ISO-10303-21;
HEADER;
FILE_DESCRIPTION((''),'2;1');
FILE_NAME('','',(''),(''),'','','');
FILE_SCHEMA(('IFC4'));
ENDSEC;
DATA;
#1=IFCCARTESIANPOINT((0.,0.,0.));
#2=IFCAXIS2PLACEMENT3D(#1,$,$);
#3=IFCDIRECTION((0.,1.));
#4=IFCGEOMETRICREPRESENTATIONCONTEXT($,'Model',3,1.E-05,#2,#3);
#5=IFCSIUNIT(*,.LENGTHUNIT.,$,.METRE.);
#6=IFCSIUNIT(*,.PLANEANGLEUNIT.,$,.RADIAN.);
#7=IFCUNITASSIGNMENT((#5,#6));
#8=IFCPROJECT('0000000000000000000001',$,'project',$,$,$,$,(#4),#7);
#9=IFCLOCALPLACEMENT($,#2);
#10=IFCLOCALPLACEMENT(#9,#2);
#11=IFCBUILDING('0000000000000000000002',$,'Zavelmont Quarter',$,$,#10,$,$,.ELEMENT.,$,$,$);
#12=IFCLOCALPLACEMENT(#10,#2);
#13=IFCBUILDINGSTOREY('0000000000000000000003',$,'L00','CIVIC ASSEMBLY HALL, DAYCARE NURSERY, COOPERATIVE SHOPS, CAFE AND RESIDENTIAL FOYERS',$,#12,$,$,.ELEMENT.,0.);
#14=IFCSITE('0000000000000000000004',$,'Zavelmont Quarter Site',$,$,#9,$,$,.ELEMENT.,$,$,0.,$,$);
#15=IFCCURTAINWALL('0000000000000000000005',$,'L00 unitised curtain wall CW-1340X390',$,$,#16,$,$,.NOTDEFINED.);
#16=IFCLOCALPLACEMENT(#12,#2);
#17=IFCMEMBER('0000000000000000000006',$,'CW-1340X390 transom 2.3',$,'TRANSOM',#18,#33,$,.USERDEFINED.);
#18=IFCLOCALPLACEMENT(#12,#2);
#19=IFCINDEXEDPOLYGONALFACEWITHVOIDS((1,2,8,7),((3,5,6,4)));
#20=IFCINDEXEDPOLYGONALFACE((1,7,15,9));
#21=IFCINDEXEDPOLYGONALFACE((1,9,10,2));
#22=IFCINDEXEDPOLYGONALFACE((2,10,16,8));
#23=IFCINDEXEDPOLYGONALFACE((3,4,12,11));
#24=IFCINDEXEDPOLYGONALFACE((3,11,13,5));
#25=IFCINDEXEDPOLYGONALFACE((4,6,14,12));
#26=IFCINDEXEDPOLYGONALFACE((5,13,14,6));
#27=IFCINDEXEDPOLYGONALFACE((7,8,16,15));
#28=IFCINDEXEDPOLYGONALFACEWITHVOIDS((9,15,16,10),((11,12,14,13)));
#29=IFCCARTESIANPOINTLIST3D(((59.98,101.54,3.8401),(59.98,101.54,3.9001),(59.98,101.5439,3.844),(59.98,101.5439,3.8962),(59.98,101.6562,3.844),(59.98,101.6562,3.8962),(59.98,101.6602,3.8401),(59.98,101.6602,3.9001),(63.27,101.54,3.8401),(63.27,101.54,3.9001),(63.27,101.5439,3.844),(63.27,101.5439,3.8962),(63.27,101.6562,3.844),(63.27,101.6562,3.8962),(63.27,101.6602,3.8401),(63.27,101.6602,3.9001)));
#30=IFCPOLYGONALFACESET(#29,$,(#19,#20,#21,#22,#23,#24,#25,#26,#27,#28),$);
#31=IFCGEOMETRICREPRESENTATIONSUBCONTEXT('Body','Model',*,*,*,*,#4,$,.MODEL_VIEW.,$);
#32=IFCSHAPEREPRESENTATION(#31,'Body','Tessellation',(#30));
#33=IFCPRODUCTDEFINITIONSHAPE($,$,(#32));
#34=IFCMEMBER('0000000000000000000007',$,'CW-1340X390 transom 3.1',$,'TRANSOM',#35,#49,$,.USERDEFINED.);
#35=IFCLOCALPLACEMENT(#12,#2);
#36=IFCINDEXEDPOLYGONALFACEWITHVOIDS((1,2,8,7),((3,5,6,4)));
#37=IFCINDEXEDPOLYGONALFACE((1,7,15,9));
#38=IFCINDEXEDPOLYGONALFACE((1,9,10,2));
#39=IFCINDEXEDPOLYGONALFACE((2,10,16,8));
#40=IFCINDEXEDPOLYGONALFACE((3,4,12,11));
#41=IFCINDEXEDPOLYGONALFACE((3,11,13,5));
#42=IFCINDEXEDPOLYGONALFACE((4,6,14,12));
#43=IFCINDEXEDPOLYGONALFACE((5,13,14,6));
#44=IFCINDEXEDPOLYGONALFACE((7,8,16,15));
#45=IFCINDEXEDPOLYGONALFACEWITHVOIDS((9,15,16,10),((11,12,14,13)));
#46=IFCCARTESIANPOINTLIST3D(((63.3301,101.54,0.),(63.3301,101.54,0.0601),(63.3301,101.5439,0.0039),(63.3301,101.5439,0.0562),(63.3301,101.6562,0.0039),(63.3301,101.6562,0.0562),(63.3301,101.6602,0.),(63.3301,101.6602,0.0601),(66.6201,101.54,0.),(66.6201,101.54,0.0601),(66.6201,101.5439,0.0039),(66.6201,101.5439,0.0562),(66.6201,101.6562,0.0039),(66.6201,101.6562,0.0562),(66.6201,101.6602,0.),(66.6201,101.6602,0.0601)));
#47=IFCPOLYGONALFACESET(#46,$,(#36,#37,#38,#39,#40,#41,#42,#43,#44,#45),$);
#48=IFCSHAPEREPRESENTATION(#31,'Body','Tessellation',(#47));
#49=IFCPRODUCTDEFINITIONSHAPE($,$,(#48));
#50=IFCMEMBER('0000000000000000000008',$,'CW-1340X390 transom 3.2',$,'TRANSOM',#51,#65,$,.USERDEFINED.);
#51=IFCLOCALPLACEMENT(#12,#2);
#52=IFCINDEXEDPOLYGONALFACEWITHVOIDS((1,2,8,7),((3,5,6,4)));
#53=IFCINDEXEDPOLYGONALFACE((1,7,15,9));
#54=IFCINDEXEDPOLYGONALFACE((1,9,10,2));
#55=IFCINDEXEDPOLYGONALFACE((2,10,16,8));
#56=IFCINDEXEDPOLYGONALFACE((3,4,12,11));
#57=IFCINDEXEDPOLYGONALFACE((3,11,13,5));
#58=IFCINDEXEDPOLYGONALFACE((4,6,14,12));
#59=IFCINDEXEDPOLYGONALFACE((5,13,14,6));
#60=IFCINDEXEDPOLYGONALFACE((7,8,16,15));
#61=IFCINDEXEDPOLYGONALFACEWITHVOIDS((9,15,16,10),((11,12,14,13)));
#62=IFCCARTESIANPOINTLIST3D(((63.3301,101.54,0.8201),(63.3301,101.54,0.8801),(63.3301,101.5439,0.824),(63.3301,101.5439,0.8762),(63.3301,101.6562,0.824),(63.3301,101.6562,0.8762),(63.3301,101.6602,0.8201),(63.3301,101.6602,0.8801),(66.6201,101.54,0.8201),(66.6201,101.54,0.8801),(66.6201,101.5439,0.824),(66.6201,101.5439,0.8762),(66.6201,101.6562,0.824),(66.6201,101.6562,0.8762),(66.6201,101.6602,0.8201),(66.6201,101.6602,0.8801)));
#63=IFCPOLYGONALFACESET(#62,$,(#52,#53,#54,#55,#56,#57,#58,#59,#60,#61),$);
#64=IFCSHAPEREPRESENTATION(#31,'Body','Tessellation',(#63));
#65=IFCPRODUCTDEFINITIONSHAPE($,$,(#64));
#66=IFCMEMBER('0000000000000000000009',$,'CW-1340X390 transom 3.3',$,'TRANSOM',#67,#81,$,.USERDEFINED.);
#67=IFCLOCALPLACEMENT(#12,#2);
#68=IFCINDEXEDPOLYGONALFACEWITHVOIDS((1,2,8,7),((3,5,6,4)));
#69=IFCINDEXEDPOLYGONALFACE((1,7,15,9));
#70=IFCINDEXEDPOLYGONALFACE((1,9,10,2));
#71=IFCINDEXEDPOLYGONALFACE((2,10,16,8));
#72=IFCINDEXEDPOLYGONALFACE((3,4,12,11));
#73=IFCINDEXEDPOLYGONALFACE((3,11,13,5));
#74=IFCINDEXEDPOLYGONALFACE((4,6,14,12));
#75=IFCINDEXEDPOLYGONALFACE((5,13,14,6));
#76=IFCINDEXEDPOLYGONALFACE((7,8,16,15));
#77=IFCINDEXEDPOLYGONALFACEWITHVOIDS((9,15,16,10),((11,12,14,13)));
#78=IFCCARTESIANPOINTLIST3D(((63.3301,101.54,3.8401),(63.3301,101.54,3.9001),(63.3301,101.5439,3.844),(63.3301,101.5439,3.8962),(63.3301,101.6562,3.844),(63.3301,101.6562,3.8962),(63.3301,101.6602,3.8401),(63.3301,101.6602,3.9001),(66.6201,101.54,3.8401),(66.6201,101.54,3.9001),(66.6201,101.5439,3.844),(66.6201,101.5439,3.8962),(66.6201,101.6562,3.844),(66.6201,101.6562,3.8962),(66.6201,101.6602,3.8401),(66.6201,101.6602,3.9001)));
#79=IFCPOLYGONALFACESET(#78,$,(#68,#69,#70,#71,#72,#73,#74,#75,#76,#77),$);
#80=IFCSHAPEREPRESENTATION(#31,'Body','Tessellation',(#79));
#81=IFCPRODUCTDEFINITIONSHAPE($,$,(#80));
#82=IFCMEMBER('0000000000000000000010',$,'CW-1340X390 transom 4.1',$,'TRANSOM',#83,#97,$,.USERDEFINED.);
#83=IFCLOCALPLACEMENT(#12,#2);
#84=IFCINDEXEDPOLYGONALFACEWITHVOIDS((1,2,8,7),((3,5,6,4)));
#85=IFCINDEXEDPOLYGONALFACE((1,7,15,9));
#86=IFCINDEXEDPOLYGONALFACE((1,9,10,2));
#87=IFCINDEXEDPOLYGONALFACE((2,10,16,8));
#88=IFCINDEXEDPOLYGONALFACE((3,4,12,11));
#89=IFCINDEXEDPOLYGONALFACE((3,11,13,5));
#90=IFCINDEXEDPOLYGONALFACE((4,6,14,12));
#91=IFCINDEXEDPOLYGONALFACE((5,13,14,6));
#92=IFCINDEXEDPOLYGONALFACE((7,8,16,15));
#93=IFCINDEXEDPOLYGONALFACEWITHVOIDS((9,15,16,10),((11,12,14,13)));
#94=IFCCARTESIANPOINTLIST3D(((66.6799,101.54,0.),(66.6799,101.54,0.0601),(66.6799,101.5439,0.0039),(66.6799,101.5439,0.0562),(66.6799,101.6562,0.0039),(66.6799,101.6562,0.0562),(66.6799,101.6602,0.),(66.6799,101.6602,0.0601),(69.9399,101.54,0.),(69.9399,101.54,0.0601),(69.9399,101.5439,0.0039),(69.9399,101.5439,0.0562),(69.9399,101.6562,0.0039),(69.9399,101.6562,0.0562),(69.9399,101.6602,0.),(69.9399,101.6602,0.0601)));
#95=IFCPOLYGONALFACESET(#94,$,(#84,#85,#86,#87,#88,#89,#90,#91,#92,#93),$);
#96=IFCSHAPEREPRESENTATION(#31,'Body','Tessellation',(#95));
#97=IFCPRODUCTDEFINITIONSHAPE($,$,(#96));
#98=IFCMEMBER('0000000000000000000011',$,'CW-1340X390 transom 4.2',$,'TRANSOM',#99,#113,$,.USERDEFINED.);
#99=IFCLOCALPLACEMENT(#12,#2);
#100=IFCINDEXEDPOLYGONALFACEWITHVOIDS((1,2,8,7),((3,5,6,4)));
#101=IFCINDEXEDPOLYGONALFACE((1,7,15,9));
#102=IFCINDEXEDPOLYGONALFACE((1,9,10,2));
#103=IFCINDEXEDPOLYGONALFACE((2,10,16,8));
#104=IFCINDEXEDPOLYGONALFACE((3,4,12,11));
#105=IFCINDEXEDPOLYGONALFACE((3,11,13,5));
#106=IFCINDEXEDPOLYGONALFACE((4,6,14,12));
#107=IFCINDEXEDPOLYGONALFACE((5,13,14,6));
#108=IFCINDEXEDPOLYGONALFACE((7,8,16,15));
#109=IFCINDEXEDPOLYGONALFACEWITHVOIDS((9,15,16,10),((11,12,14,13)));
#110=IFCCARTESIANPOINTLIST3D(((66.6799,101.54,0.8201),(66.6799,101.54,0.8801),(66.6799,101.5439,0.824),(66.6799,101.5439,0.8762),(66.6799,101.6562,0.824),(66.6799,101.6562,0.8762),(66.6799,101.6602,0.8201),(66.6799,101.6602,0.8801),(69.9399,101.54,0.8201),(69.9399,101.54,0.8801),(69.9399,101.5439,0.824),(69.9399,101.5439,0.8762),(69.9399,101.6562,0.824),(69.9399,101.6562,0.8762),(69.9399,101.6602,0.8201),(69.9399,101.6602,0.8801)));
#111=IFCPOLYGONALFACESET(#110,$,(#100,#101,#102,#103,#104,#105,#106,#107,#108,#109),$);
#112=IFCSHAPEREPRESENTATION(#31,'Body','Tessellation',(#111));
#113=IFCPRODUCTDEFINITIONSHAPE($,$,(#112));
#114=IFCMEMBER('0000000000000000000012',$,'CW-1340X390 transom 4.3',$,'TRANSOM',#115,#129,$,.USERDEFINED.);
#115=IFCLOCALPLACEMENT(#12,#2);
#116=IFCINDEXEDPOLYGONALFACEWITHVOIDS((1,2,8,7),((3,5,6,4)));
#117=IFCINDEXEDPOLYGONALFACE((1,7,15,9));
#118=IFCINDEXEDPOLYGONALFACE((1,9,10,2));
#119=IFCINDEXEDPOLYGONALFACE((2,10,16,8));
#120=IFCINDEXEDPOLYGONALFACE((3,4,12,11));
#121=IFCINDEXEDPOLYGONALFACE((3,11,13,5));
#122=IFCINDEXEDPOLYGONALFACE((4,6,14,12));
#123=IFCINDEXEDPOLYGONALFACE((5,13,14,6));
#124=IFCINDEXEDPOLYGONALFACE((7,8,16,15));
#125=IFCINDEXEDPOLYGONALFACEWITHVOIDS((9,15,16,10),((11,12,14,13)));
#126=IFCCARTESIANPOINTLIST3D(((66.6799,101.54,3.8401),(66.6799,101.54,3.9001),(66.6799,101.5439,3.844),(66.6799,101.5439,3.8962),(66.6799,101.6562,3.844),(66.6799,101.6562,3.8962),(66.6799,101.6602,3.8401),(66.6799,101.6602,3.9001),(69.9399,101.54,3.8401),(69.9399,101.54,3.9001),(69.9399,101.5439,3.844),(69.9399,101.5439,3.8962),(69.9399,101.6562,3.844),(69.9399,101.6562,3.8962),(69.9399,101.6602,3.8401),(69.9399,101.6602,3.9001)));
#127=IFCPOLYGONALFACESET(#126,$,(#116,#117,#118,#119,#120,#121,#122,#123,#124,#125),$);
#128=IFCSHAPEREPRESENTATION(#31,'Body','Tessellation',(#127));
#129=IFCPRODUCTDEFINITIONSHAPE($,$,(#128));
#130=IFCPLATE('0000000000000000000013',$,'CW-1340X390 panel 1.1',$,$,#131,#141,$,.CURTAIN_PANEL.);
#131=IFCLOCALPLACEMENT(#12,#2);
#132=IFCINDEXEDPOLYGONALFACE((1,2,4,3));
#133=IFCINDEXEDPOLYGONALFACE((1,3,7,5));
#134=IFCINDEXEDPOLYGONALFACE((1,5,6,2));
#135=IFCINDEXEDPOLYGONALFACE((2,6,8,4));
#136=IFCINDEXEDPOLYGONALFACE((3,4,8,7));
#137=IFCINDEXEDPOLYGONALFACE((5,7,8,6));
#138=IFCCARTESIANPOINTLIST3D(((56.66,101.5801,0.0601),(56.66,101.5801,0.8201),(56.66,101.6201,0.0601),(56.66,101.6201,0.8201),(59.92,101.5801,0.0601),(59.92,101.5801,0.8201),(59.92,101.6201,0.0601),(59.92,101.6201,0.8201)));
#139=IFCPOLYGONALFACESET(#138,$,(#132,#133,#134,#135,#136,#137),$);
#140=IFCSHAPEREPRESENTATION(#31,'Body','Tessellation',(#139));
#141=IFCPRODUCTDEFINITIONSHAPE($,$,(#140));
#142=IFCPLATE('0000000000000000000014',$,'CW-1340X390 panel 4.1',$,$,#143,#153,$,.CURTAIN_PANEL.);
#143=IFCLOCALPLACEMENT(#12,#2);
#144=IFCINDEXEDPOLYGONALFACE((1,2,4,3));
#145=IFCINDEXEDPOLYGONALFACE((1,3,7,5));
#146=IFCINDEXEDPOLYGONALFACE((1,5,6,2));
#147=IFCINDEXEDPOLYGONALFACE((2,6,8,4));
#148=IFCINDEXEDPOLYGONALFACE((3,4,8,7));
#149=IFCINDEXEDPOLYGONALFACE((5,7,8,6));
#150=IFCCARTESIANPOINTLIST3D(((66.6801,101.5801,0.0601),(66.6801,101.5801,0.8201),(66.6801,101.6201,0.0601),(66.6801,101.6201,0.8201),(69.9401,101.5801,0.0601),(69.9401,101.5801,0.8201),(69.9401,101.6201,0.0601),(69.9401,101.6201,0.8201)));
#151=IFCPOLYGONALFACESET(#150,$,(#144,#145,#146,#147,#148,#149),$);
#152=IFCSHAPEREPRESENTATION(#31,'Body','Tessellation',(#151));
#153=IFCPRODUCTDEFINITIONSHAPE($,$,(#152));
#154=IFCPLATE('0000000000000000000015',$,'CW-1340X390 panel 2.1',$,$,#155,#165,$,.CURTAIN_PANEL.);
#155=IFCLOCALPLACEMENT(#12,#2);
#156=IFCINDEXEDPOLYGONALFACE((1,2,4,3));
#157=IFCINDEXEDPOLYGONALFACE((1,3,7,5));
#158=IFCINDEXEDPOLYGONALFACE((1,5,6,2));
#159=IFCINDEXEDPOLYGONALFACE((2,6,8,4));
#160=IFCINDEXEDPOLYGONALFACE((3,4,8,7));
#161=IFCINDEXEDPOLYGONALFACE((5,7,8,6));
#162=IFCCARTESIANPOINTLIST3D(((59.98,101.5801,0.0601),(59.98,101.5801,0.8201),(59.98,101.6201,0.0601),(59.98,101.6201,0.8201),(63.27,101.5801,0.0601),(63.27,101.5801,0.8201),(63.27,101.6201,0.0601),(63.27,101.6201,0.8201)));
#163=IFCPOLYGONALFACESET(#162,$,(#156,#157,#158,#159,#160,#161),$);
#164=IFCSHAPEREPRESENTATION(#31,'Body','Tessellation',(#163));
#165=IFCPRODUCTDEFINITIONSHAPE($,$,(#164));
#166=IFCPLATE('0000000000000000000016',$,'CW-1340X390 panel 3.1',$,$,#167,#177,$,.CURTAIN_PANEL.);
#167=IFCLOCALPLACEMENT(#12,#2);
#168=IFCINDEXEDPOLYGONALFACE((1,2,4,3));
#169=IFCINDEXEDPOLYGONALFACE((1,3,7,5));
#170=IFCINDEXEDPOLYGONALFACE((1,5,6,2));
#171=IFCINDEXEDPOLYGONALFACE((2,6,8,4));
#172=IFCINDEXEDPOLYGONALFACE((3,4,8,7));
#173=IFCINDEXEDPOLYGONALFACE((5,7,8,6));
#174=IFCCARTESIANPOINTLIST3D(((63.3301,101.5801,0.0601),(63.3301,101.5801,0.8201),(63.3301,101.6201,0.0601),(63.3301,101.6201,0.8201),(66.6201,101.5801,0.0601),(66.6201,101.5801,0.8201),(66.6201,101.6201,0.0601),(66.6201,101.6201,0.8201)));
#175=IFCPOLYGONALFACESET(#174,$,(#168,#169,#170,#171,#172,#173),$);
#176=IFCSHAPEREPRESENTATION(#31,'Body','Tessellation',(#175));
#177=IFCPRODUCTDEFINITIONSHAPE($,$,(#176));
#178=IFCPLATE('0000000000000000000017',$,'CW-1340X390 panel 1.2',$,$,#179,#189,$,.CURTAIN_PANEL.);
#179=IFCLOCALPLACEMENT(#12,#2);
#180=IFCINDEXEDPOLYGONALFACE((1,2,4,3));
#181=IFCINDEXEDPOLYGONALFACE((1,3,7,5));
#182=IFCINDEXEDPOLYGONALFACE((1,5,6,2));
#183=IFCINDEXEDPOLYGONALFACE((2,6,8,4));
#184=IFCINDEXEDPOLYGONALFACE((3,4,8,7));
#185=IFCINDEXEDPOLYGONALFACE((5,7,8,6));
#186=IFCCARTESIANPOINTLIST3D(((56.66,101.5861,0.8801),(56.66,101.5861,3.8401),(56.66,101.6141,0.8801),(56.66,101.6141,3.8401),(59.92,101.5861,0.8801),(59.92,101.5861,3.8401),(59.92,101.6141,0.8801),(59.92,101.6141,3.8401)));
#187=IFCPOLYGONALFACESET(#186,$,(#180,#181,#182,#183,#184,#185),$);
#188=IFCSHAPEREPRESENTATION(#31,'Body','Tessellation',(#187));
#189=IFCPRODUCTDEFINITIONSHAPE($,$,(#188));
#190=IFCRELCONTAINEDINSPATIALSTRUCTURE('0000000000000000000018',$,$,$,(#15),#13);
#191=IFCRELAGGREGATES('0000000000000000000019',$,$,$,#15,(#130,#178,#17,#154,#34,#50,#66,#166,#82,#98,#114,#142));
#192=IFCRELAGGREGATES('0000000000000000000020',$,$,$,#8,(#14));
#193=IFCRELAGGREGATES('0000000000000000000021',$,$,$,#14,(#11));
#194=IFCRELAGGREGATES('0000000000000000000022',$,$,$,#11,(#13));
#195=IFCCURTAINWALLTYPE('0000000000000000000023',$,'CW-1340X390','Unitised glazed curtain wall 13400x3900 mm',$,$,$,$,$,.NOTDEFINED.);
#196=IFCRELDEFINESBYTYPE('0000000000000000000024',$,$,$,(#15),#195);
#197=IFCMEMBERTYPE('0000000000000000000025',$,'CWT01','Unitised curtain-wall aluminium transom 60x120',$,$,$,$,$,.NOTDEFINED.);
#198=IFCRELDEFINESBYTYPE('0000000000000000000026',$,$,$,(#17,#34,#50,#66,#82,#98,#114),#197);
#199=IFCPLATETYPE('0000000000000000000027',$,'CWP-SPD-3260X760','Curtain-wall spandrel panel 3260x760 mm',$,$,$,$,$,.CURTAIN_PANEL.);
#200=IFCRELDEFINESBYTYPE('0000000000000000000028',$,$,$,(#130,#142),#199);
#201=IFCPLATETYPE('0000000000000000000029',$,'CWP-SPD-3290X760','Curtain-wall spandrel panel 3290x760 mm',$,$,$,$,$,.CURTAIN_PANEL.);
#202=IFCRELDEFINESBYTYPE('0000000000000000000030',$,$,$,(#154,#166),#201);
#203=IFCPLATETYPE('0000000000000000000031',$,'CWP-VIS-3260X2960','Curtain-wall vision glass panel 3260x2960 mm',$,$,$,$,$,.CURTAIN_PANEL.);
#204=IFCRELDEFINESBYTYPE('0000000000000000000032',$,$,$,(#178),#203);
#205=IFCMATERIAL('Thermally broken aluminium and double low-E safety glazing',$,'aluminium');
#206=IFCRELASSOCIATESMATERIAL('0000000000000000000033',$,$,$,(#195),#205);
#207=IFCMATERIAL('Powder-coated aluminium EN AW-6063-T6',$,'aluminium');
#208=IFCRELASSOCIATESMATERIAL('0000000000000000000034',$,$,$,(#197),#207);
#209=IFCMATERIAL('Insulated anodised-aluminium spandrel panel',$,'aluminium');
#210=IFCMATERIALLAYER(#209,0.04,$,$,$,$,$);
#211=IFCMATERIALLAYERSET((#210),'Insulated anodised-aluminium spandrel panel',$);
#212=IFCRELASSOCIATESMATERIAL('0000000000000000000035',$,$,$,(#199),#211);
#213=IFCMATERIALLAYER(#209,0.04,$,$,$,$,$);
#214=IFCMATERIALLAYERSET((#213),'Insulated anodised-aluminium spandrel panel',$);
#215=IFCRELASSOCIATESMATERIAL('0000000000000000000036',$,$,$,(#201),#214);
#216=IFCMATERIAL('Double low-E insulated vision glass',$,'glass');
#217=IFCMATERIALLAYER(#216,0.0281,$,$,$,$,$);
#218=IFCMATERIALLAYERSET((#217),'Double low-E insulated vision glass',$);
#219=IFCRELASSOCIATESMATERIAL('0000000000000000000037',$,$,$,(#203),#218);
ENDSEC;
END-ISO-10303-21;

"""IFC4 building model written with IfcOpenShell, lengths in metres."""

from ifc_helpers import new_model, si_unit, direction, frame, origin, origin_2d, place, context, subcontext, project, spatial, rectangle, hollow_rectangle, extrude, material, layer, layer_set, material_profile, profile_set, type_object, element, aggregate, save


model = new_model("IFC4")

# Units and contexts
model_context = context("Model", 3, precision=1e-05, world=origin(), true_north=direction((0.0, 1.0)))
body_context = subcontext(model_context, "Body", "Model", "MODEL_VIEW")
ifc_project = project(units=[si_unit("LENGTHUNIT", "METRE"), si_unit("PLANEANGLEUNIT", "RADIAN")], contexts=[model_context])

# Site, building, storey
site_placement = place(None, origin())
site = spatial("IfcSite", under=ifc_project, at=site_placement, Name="Zavelmont Quarter Site", CompositionType="ELEMENT", RefElevation=0.0)
building_placement = place(site_placement, origin())
building = spatial("IfcBuilding", under=site, at=building_placement, Name="Zavelmont Quarter", CompositionType="ELEMENT")
storey_placement = place(building_placement, origin())
storey = spatial("IfcBuildingStorey", under=building, at=storey_placement, Name="L00", Description="CIVIC ASSEMBLY HALL, DAYCARE NURSERY, COOPERATIVE SHOPS, CAFE AND RESIDENTIAL FOYERS", CompositionType="ELEMENT", Elevation=0.0)

# Curtain wall, members, plates
ifc_material_1 = material(Name="Thermally broken aluminium and double low-E safety glazing", Category="aluminium")
curtain_wall_type = type_object("IfcCurtainWallType", Name="CW-1340X390", Description="Unitised glazed curtain wall 13400x3900 mm", PredefinedType="NOTDEFINED", material=ifc_material_1)
curtain_wall_placement = place(storey_placement, origin())
curtain_wall = element("IfcCurtainWall", 1, at=curtain_wall_placement, inside=storey, type_object=curtain_wall_type, Name="L00 unitised curtain wall CW-1340X390", PredefinedType="NOTDEFINED")
ifc_material_2 = material(Name="Powder-coated aluminium EN AW-6063-T6", Category="aluminium")
ifc_material_profile_1 = material_profile(ifc_material_2, hollow_rectangle(XDim=0.1201, YDim=0.0601, WallThickness=0.0039, at=origin_2d()), Name="CWT60X120")
ifc_profile_set_1 = profile_set([ifc_material_profile_1], Name="Powder-coated aluminium EN AW-6063-T6")
member_type_1 = type_object("IfcMemberType", Name="CWT01", Description="Unitised curtain-wall aluminium transom 60x120", PredefinedType="NOTDEFINED", material=ifc_profile_set_1)
member_1_placement = place(storey_placement, frame((59.98, 101.6001, 3.8701), z_axis=(1.0, 0.0, 0.0), x_axis=(0.0, 1.0, 0.0)))
member_1 = element("IfcMember", 2, at=member_1_placement, type_object=member_type_1, Name="CW-1340X390 transom 2.3", ObjectType="TRANSOM", PredefinedType="USERDEFINED", context=body_context, shape_type="SweptSolid", body=[
    extrude(hollow_rectangle(XDim=0.1201, YDim=0.0601, WallThickness=0.0039, at=origin_2d()), origin(), (0.0, 0.0, 1.0), 3.29),
])
member_2_placement = place(storey_placement, frame((63.3301, 101.6001, 0.03), z_axis=(1.0, 0.0, 0.0), x_axis=(0.0, 1.0, 0.0)))
member_2 = element("IfcMember", 3, at=member_2_placement, type_object=member_type_1, Name="CW-1340X390 transom 3.1", ObjectType="TRANSOM", PredefinedType="USERDEFINED", context=body_context, shape_type="SweptSolid", body=[
    extrude(hollow_rectangle(XDim=0.1201, YDim=0.0601, WallThickness=0.0039, at=origin_2d()), origin(), (0.0, 0.0, 1.0), 3.29),
])
member_3_placement = place(storey_placement, frame((63.3301, 101.6001, 0.8501), z_axis=(1.0, 0.0, 0.0), x_axis=(0.0, 1.0, 0.0)))
member_3 = element("IfcMember", 4, at=member_3_placement, type_object=member_type_1, Name="CW-1340X390 transom 3.2", ObjectType="TRANSOM", PredefinedType="USERDEFINED", context=body_context, shape_type="SweptSolid", body=[
    extrude(hollow_rectangle(XDim=0.1201, YDim=0.0601, WallThickness=0.0039, at=origin_2d()), origin(), (0.0, 0.0, 1.0), 3.29),
])
member_4_placement = place(storey_placement, frame((63.3301, 101.6001, 3.8701), z_axis=(1.0, 0.0, 0.0), x_axis=(0.0, 1.0, 0.0)))
member_4 = element("IfcMember", 5, at=member_4_placement, type_object=member_type_1, Name="CW-1340X390 transom 3.3", ObjectType="TRANSOM", PredefinedType="USERDEFINED", context=body_context, shape_type="SweptSolid", body=[
    extrude(hollow_rectangle(XDim=0.1201, YDim=0.0601, WallThickness=0.0039, at=origin_2d()), origin(), (0.0, 0.0, 1.0), 3.29),
])
member_5_placement = place(storey_placement, frame((66.6799, 101.6001, 0.03), z_axis=(1.0, 0.0, 0.0), x_axis=(0.0, 1.0, 0.0)))
member_5 = element("IfcMember", 6, at=member_5_placement, type_object=member_type_1, Name="CW-1340X390 transom 4.1", ObjectType="TRANSOM", PredefinedType="USERDEFINED", context=body_context, shape_type="SweptSolid", body=[
    extrude(hollow_rectangle(XDim=0.1201, YDim=0.0601, WallThickness=0.0039, at=origin_2d()), origin(), (0.0, 0.0, 1.0), 3.26),
])
member_6_placement = place(storey_placement, frame((66.6799, 101.6001, 0.8501), z_axis=(1.0, 0.0, 0.0), x_axis=(0.0, 1.0, 0.0)))
member_6 = element("IfcMember", 7, at=member_6_placement, type_object=member_type_1, Name="CW-1340X390 transom 4.2", ObjectType="TRANSOM", PredefinedType="USERDEFINED", context=body_context, shape_type="SweptSolid", body=[
    extrude(hollow_rectangle(XDim=0.1201, YDim=0.0601, WallThickness=0.0039, at=origin_2d()), origin(), (0.0, 0.0, 1.0), 3.26),
])
member_7_placement = place(storey_placement, frame((66.6799, 101.6001, 3.8701), z_axis=(1.0, 0.0, 0.0), x_axis=(0.0, 1.0, 0.0)))
member_7 = element("IfcMember", 8, at=member_7_placement, type_object=member_type_1, Name="CW-1340X390 transom 4.3", ObjectType="TRANSOM", PredefinedType="USERDEFINED", context=body_context, shape_type="SweptSolid", body=[
    extrude(hollow_rectangle(XDim=0.1201, YDim=0.0601, WallThickness=0.0039, at=origin_2d()), origin(), (0.0, 0.0, 1.0), 3.26),
])
ifc_material_3 = material(Name="Insulated anodised-aluminium spandrel panel", Category="aluminium")
ifc_layer_1 = layer(ifc_material_3, 0.04)
ifc_layer_set_1 = layer_set([ifc_layer_1], Name="Insulated anodised-aluminium spandrel panel")
plate_type_1 = type_object("IfcPlateType", Name="CWP-SPD-3260X760", Description="Curtain-wall spandrel panel 3260x760 mm", PredefinedType="CURTAIN_PANEL", material=ifc_layer_set_1)
plate_1_placement = place(storey_placement, frame((58.29, 101.6001, 0.0601), z_axis=(0.0, 0.0, 1.0), x_axis=(1.0, 0.0, 0.0)))
plate_1 = element("IfcPlate", 9, at=plate_1_placement, type_object=plate_type_1, Name="CW-1340X390 panel 1.1", PredefinedType="CURTAIN_PANEL", context=body_context, shape_type="SweptSolid", body=[
    extrude(rectangle(XDim=3.26, YDim=0.04, at=origin_2d()), origin(), (0.0, 0.0, 1.0), 0.76),
])
plate_2_placement = place(storey_placement, frame((68.3101, 101.6001, 0.0601), z_axis=(0.0, 0.0, 1.0), x_axis=(1.0, 0.0, 0.0)))
plate_2 = element("IfcPlate", 10, at=plate_2_placement, type_object=plate_type_1, Name="CW-1340X390 panel 4.1", PredefinedType="CURTAIN_PANEL", context=body_context, shape_type="SweptSolid", body=[
    extrude(rectangle(XDim=3.26, YDim=0.04, at=origin_2d()), origin(), (0.0, 0.0, 1.0), 0.76),
])
ifc_layer_2 = layer(ifc_material_3, 0.04)
ifc_layer_set_2 = layer_set([ifc_layer_2], Name="Insulated anodised-aluminium spandrel panel")
plate_type_2 = type_object("IfcPlateType", Name="CWP-SPD-3290X760", Description="Curtain-wall spandrel panel 3290x760 mm", PredefinedType="CURTAIN_PANEL", material=ifc_layer_set_2)
plate_3_placement = place(storey_placement, frame((61.625, 101.6001, 0.0601), z_axis=(0.0, 0.0, 1.0), x_axis=(1.0, 0.0, 0.0)))
plate_3 = element("IfcPlate", 11, at=plate_3_placement, type_object=plate_type_2, Name="CW-1340X390 panel 2.1", PredefinedType="CURTAIN_PANEL", context=body_context, shape_type="SweptSolid", body=[
    extrude(rectangle(XDim=3.29, YDim=0.04, at=origin_2d()), origin(), (0.0, 0.0, 1.0), 0.76),
])
plate_4_placement = place(storey_placement, frame((64.9751, 101.6001, 0.0601), z_axis=(0.0, 0.0, 1.0), x_axis=(1.0, 0.0, 0.0)))
plate_4 = element("IfcPlate", 12, at=plate_4_placement, type_object=plate_type_2, Name="CW-1340X390 panel 3.1", PredefinedType="CURTAIN_PANEL", context=body_context, shape_type="SweptSolid", body=[
    extrude(rectangle(XDim=3.29, YDim=0.04, at=origin_2d()), origin(), (0.0, 0.0, 1.0), 0.76),
])
ifc_material_4 = material(Name="Double low-E insulated vision glass", Category="glass")
ifc_layer_3 = layer(ifc_material_4, 0.0281)
ifc_layer_set_3 = layer_set([ifc_layer_3], Name="Double low-E insulated vision glass")
plate_type_3 = type_object("IfcPlateType", Name="CWP-VIS-3260X2960", Description="Curtain-wall vision glass panel 3260x2960 mm", PredefinedType="CURTAIN_PANEL", material=ifc_layer_set_3)
plate_5_placement = place(storey_placement, frame((58.29, 101.6001, 0.8801), z_axis=(0.0, 0.0, 1.0), x_axis=(1.0, 0.0, 0.0)))
plate_5 = element("IfcPlate", 13, at=plate_5_placement, type_object=plate_type_3, Name="CW-1340X390 panel 1.2", PredefinedType="CURTAIN_PANEL", context=body_context, shape_type="SweptSolid", body=[
    extrude(rectangle(XDim=3.26, YDim=0.0281, at=origin_2d()), origin(), (0.0, 0.0, 1.0), 2.96),
])
aggregate(curtain_wall, [plate_1, plate_5, member_1, plate_3, member_2, member_3, member_4, plate_4, member_5, member_6, member_7, plate_2])

save(model, "model.ifc")
